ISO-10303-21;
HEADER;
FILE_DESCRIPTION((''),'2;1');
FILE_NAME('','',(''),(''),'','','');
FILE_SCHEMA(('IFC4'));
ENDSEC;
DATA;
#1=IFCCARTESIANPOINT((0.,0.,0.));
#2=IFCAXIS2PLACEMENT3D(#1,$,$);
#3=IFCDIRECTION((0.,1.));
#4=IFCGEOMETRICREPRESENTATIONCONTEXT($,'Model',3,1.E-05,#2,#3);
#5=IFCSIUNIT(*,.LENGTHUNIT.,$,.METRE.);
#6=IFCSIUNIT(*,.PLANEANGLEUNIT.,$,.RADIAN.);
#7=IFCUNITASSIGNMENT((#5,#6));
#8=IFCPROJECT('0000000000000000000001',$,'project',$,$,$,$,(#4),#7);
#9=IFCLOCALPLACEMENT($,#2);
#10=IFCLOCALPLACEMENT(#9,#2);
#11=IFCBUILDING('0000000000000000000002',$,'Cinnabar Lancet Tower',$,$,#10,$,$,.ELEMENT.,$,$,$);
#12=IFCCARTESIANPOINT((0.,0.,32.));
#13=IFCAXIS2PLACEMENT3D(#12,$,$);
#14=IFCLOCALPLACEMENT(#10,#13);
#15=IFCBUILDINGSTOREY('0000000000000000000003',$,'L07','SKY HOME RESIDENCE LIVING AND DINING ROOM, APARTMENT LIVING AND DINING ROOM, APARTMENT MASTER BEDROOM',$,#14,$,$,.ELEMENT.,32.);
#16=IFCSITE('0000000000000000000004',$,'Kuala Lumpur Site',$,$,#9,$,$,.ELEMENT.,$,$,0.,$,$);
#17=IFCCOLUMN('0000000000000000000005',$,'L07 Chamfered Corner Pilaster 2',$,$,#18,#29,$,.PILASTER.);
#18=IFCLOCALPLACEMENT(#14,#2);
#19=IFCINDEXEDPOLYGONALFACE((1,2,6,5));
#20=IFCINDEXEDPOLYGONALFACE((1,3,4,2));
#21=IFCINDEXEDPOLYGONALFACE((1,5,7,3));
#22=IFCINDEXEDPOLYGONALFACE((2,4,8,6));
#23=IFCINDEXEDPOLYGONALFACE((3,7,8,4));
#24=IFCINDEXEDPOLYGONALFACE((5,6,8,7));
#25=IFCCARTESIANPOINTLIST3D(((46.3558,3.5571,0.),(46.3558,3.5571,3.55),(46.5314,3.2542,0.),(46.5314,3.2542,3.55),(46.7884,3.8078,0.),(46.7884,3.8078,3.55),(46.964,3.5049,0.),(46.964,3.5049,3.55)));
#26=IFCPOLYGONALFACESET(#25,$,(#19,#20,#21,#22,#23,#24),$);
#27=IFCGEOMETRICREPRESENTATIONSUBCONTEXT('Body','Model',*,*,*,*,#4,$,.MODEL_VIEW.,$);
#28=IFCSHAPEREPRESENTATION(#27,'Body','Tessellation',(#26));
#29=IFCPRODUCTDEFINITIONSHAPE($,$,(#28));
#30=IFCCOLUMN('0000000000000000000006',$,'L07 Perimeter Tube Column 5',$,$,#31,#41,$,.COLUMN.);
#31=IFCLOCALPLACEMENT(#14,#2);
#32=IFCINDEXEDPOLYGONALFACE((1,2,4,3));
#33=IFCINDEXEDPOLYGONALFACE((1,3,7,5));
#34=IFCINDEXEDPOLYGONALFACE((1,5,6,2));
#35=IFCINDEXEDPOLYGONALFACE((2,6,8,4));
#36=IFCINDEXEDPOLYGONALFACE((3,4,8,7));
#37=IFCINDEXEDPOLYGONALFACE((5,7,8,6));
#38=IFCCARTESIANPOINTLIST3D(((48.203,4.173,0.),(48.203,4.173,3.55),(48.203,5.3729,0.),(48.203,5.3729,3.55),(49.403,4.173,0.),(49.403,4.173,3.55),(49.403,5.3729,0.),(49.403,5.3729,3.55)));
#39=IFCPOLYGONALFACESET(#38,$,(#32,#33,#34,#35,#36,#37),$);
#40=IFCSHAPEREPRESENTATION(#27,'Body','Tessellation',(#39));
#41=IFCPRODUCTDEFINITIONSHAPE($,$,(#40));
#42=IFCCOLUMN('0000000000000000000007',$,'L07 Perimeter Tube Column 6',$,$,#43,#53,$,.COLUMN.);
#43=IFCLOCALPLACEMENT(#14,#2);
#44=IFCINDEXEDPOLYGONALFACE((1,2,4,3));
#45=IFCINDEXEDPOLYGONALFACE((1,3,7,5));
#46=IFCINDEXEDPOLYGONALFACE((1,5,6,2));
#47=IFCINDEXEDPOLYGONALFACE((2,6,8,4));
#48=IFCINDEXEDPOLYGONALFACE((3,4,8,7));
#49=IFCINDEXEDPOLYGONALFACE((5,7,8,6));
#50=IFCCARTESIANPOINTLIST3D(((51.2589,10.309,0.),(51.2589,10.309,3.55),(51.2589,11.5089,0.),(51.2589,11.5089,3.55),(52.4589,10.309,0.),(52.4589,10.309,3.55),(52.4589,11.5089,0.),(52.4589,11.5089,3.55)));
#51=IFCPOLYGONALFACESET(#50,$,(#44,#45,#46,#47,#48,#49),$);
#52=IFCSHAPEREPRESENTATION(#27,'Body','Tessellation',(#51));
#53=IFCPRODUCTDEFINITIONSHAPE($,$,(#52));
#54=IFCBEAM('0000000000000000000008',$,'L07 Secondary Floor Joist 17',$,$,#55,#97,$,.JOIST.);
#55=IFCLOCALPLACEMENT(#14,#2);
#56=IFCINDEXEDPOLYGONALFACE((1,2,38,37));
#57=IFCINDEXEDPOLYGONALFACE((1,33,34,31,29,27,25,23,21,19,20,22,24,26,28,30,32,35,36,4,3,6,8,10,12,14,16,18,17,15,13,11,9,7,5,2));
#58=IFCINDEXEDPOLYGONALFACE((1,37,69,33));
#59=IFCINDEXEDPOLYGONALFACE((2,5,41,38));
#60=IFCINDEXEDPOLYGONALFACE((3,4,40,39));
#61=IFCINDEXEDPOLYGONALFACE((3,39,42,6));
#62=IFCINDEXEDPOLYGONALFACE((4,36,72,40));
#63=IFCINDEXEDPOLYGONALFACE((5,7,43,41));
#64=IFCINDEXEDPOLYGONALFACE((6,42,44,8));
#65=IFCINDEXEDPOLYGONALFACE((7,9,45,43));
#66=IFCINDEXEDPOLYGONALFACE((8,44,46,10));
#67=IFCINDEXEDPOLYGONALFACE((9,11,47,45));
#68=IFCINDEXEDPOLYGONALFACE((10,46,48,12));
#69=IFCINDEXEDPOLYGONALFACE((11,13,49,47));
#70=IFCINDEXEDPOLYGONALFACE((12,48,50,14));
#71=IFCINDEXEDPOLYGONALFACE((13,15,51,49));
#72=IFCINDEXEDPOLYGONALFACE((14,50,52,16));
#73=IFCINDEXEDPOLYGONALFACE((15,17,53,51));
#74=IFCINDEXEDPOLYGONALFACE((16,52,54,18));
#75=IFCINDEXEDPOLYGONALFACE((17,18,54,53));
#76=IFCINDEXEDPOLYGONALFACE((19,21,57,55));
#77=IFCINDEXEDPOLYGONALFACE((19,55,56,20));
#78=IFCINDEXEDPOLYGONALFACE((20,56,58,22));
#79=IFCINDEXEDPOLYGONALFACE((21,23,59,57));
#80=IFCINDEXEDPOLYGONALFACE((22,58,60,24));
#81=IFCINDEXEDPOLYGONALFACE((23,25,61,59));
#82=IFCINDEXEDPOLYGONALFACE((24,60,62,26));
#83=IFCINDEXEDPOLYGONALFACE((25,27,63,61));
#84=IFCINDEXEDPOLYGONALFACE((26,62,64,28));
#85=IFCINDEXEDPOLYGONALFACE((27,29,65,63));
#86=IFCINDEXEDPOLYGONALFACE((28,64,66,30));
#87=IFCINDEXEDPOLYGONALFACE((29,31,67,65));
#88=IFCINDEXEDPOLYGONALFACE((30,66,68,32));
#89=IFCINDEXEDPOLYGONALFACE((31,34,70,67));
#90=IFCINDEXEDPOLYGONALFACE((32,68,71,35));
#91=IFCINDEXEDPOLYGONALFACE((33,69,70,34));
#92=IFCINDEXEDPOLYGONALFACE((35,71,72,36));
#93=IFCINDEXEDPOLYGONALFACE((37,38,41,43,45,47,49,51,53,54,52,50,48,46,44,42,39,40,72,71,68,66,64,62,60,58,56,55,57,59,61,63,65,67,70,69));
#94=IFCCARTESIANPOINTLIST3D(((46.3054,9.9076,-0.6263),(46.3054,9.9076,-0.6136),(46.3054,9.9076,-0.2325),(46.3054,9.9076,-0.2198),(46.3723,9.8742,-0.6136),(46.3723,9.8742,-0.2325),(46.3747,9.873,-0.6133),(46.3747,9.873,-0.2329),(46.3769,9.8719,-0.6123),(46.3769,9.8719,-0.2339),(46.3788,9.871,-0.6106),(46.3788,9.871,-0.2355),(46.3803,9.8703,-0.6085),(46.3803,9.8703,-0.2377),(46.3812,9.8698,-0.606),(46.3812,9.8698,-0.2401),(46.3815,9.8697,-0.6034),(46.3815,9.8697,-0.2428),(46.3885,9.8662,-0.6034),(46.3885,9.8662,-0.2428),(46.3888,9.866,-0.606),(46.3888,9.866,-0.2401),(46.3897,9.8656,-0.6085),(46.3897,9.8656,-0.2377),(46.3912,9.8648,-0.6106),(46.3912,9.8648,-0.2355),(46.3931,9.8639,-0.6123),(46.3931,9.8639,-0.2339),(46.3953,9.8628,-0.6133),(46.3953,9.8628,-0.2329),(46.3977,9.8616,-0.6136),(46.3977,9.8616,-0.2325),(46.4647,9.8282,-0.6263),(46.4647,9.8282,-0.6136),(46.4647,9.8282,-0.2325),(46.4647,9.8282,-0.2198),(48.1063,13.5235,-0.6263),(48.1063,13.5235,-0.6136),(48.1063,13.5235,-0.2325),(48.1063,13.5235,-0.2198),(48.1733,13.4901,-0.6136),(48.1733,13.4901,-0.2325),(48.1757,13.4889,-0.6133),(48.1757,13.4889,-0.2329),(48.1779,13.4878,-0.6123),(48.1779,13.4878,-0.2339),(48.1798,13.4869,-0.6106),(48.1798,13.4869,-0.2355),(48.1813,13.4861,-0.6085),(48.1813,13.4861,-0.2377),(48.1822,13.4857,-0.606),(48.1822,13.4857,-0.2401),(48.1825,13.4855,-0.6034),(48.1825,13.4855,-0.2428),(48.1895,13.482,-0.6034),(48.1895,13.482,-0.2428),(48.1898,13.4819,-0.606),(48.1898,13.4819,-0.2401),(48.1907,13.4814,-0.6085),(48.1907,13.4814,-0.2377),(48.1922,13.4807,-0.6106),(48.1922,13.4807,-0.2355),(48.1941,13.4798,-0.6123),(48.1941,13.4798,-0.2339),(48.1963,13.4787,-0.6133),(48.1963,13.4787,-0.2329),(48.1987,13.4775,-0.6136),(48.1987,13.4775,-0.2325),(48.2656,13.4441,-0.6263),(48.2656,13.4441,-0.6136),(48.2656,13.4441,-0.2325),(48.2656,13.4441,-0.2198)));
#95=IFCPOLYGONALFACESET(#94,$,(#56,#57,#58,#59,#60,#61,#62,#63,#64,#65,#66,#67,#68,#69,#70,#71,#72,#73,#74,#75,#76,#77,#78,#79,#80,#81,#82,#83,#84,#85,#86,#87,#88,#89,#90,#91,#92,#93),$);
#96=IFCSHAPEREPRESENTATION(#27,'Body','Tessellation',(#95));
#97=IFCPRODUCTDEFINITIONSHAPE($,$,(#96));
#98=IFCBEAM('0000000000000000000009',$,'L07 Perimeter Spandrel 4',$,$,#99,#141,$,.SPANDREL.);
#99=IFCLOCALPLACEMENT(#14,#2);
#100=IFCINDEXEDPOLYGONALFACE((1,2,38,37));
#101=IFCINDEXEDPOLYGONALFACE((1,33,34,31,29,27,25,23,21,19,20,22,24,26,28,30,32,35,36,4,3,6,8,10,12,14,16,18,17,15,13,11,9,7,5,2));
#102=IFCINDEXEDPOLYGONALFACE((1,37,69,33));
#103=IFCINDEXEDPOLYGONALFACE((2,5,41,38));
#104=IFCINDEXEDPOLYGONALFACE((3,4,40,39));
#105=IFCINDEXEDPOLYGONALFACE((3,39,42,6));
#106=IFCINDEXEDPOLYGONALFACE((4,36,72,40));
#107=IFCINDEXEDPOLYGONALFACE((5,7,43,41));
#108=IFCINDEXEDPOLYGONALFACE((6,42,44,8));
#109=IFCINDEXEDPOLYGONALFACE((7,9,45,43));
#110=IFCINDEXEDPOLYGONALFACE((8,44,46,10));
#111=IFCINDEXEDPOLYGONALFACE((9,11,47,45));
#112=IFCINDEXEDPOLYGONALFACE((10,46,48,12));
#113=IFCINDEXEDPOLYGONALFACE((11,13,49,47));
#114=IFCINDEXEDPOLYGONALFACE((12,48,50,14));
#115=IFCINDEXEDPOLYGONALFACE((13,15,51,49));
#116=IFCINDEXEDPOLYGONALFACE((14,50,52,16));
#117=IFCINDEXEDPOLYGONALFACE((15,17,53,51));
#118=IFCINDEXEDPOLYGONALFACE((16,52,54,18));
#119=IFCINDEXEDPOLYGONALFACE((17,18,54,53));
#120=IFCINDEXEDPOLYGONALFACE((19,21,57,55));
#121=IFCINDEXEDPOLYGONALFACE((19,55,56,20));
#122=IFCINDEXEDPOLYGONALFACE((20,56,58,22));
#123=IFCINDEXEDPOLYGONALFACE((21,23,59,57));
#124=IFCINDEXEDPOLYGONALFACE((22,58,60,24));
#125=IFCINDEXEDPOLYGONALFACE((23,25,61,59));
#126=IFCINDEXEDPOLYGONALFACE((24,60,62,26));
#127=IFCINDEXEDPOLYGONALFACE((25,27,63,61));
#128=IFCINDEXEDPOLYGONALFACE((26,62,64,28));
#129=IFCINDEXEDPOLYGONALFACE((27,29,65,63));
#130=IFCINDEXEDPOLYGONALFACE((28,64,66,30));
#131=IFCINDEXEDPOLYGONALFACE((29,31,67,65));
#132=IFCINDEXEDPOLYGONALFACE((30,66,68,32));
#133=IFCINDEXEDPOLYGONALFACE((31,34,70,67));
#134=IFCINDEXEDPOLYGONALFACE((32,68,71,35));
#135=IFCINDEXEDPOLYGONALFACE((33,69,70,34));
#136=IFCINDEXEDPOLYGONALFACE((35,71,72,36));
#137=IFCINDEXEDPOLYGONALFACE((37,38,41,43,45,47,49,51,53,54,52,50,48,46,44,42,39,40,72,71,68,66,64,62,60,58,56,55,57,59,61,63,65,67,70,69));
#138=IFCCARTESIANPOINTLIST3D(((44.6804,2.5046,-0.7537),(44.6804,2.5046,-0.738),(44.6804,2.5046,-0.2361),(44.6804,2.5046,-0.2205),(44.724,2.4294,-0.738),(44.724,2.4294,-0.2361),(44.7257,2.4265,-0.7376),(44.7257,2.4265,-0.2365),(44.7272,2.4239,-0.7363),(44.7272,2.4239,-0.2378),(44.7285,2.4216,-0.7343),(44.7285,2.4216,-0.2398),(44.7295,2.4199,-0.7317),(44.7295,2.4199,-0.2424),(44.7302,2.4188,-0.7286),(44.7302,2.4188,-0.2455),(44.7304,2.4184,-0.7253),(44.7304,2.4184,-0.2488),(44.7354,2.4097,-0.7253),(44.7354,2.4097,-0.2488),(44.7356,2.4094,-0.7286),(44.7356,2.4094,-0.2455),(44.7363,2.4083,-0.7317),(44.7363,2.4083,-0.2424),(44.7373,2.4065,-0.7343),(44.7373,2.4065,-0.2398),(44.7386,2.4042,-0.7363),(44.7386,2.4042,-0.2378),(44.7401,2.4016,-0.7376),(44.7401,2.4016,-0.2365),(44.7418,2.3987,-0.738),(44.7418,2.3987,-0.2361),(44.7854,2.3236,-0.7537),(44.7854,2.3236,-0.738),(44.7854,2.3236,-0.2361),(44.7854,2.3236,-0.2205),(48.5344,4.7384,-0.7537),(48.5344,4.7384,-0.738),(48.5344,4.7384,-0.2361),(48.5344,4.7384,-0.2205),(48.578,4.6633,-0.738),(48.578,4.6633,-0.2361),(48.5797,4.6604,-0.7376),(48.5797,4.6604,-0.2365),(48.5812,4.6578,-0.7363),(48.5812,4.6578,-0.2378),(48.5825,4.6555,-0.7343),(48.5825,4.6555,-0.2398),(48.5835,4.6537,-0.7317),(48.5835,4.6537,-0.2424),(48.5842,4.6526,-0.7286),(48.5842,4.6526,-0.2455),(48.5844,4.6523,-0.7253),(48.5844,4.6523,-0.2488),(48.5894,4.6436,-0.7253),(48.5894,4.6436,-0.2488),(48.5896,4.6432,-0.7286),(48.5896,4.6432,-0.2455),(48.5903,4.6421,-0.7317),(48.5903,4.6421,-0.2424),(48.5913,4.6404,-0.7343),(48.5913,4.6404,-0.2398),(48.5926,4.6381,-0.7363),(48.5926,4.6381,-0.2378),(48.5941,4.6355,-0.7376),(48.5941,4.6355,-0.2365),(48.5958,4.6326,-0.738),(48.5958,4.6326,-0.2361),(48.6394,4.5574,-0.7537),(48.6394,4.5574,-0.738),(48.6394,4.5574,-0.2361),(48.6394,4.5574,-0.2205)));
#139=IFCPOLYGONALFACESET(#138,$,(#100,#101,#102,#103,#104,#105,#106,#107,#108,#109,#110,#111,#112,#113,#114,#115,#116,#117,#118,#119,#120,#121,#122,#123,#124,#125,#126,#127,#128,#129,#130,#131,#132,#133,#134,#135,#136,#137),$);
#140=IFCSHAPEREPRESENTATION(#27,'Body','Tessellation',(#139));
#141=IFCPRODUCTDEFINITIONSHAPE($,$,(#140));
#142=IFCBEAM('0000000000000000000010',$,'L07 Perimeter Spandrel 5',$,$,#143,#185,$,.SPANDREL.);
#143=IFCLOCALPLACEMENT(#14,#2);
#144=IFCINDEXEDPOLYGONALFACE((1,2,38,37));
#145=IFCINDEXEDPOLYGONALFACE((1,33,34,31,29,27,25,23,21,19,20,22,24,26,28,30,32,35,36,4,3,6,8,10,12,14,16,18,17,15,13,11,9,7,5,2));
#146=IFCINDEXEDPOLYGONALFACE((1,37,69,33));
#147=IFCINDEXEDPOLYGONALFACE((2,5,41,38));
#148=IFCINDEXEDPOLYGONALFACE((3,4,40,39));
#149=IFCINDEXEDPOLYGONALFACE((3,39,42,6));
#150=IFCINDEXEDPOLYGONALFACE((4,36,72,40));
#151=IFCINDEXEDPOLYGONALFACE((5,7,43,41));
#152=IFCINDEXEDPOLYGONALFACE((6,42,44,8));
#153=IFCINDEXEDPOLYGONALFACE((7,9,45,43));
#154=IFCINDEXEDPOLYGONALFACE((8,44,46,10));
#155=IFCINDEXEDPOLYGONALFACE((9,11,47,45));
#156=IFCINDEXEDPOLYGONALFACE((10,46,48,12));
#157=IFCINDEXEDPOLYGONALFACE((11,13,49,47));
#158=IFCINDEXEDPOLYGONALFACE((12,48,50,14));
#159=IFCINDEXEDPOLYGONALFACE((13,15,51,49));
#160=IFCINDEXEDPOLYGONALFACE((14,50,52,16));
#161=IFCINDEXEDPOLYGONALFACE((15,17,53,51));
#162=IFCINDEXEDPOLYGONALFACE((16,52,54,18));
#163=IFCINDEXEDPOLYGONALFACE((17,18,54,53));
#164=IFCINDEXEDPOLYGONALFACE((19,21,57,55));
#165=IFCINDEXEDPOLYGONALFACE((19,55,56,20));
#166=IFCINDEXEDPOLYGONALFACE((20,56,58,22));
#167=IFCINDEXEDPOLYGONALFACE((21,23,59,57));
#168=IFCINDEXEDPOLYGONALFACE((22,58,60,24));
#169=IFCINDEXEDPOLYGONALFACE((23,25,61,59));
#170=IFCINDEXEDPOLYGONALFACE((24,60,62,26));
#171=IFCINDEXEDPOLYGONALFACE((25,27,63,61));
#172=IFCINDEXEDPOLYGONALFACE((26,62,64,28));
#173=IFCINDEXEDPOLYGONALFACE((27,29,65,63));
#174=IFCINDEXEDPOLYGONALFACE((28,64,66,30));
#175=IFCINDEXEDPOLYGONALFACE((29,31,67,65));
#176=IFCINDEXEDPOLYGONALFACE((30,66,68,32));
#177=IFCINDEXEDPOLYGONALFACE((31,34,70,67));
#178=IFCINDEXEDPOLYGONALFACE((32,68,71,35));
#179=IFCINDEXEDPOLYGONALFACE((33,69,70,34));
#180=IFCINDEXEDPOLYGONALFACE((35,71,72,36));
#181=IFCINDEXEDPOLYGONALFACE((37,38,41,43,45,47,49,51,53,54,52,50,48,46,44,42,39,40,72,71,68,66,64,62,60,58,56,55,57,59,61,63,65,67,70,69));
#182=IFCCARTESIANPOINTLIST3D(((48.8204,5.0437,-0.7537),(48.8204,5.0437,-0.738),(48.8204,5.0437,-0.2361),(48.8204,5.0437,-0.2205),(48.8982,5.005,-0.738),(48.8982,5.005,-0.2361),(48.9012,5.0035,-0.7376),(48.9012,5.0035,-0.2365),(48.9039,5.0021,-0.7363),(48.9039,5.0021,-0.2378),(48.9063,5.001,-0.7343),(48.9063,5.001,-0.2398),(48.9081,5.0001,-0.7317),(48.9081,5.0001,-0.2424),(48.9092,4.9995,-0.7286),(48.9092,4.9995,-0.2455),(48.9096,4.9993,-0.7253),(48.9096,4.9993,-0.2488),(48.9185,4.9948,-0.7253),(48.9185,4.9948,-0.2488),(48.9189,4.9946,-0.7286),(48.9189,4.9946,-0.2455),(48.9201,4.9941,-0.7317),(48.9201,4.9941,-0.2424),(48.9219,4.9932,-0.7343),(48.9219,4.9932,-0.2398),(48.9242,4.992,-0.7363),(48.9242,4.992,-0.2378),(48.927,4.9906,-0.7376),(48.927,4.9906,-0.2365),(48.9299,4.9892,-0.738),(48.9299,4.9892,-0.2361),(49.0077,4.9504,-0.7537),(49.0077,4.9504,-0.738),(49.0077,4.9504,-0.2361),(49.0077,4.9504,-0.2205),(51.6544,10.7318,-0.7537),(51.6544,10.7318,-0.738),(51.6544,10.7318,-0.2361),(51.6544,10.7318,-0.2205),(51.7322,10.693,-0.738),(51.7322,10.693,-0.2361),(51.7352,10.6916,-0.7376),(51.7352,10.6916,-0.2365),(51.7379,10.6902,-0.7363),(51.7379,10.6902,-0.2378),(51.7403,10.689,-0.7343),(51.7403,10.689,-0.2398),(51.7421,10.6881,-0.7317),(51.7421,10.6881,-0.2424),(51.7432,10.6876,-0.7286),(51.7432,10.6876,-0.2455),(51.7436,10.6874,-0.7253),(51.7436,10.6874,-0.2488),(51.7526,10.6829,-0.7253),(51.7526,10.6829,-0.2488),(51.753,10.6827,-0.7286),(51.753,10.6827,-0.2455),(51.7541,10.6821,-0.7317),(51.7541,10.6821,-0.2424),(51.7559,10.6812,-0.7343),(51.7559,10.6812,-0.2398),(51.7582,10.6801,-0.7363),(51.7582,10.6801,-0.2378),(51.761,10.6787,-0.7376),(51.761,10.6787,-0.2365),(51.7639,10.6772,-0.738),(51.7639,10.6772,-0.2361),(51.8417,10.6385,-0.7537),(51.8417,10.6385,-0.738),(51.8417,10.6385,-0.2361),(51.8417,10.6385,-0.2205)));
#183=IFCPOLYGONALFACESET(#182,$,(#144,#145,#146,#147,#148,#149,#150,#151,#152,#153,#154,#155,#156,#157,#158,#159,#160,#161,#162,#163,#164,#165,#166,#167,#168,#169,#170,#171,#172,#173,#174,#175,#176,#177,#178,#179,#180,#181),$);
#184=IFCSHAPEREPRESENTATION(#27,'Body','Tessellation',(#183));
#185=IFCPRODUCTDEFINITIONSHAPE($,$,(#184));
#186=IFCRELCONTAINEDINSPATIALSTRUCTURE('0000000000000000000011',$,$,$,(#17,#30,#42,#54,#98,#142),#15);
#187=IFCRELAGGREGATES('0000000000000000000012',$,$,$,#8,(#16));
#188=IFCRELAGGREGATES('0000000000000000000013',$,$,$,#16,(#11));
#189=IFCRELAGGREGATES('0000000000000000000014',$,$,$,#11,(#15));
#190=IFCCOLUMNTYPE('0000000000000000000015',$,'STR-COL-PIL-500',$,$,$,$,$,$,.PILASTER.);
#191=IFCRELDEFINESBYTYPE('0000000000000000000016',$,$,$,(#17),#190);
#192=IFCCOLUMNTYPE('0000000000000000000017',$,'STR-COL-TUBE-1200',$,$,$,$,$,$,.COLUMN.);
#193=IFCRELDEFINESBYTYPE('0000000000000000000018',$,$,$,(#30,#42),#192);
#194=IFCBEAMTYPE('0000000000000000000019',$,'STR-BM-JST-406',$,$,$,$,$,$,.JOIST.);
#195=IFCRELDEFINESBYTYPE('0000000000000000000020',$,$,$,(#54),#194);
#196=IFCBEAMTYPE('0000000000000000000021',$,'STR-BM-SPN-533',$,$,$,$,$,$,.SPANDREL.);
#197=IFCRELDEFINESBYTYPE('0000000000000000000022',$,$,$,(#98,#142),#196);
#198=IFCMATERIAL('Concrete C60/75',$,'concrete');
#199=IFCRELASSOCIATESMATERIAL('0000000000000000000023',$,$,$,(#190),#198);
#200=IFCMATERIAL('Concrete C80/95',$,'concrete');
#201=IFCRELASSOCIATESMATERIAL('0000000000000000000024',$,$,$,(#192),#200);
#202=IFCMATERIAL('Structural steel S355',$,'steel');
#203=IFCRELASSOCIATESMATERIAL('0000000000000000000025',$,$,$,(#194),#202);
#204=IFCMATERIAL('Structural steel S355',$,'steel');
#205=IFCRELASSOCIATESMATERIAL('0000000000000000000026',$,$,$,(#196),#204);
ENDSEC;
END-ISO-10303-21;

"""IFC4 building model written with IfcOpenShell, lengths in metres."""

from ifc_helpers import new_model, si_unit, direction, frame, origin, origin_2d, place, context, subcontext, project, spatial, rectangle, i_section, extrude, material, material_profile, profile_set, type_object, element, save


model = new_model("IFC4")

# Units and contexts
model_context = context("Model", 3, precision=1e-05, world=origin(), true_north=direction((0.0, 1.0)))
body_context = subcontext(model_context, "Body", "Model", "MODEL_VIEW")
ifc_project = project(units=[si_unit("LENGTHUNIT", "METRE"), si_unit("PLANEANGLEUNIT", "RADIAN")], contexts=[model_context])

# Site, building, storey
site_placement = place(None, origin())
site = spatial("IfcSite", under=ifc_project, at=site_placement, Name="Kuala Lumpur Site", CompositionType="ELEMENT", RefElevation=0.0)
building_placement = place(site_placement, origin())
building = spatial("IfcBuilding", under=site, at=building_placement, Name="Cinnabar Lancet Tower", CompositionType="ELEMENT")
storey_placement = place(building_placement, frame((0.0, 0.0, 32.0)))
storey = spatial("IfcBuildingStorey", under=building, at=storey_placement, Name="L07", Description="SKY HOME RESIDENCE LIVING AND DINING ROOM, APARTMENT LIVING AND DINING ROOM, APARTMENT MASTER BEDROOM", CompositionType="ELEMENT", Elevation=32.0)

# Columns
ifc_material_1 = material(Name="Concrete C60/75", Category="concrete")
ifc_material_profile_1 = material_profile(ifc_material_1, rectangle(XDim=0.5, YDim=0.3501, at=origin_2d()), Name="RC-PIL 500x350")
ifc_profile_set_1 = profile_set([ifc_material_profile_1], Name="Concrete C60/75")
column_type_1 = type_object("IfcColumnType", Name="STR-COL-PIL-500", PredefinedType="PILASTER", material=ifc_profile_set_1)
column_placement = place(storey_placement, frame((46.6599, 3.531, 0.0), z_axis=(0.0, 0.0, 1.0), x_axis=(0.865195, 0.501435, 0.0)))
element("IfcColumn", 1, at=column_placement, inside=storey, type_object=column_type_1, Name="L07 Chamfered Corner Pilaster 2", PredefinedType="PILASTER", context=body_context, shape_type="SweptSolid", body=[
    extrude(rectangle(XDim=0.5, YDim=0.3501, at=origin_2d()), origin(), (0.0, 0.0, 1.0), 3.55),
])
ifc_material_2 = material(Name="Concrete C80/95", Category="concrete")
ifc_material_profile_2 = material_profile(ifc_material_2, rectangle(XDim=1.2, YDim=1.2, at=origin_2d()), Name="RC-COL 1200x1200")
ifc_profile_set_2 = profile_set([ifc_material_profile_2], Name="Concrete C80/95")
column_type_2 = type_object("IfcColumnType", Name="STR-COL-TUBE-1200", PredefinedType="COLUMN", material=ifc_profile_set_2)
for number, where, z_axis, x_axis, name in (
    (2, (48.803, 4.7729, 0.0), (0.0, 0.0, 1.0), (1.0, 0.0, 0.0), "L07 Perimeter Tube Column 5"),
    (3, (51.8589, 10.9089, 0.0), (0.0, 0.0, 1.0), (1.0, 0.0, 0.0), "L07 Perimeter Tube Column 6"),
):
    element("IfcColumn", number, at=place(storey_placement, frame(where, z_axis=z_axis, x_axis=x_axis)), inside=storey, type_object=column_type_2, Name=name, PredefinedType="COLUMN", context=body_context, shape_type="SweptSolid", body=[
        extrude(rectangle(XDim=1.2, YDim=1.2, at=origin_2d()), origin(), (0.0, 0.0, 1.0), 3.55),
    ])

# Beams
ifc_material_3 = material(Name="Structural steel S355", Category="steel")
ifc_material_profile_3 = material_profile(ifc_material_3, i_section(OverallWidth=0.178, OverallDepth=0.4065, WebThickness=0.0078, FlangeThickness=0.0127, FilletRadius=0.0103, at=origin_2d()), Name="UKB 406x178x60")
ifc_profile_set_3 = profile_set([ifc_material_profile_3], Name="Structural steel S355")
beam_type_1 = type_object("IfcBeamType", Name="STR-BM-JST-406", PredefinedType="JOIST", material=ifc_profile_set_3)
beam_1_placement = place(storey_placement, frame((46.385, 9.8679, -0.4231), z_axis=(0.445835, 0.895115, 0.0), x_axis=(-0.895115, 0.445835, 0.0)))
element("IfcBeam", 4, at=beam_1_placement, inside=storey, type_object=beam_type_1, Name="L07 Secondary Floor Joist 17", PredefinedType="JOIST", context=body_context, shape_type="SweptSolid", body=[
    extrude(i_section(OverallWidth=0.178, OverallDepth=0.4065, WebThickness=0.0078, FlangeThickness=0.0127, FilletRadius=0.0103, at=origin_2d()), origin(), (0.0, 0.0, 1.0), 4.0396),
])
ifc_material_4 = material(Name="Structural steel S355", Category="steel")
ifc_material_profile_4 = material_profile(ifc_material_4, i_section(OverallWidth=0.2092, OverallDepth=0.5332, WebThickness=0.01, FlangeThickness=0.0156, FilletRadius=0.0127, at=origin_2d()), Name="UKB 533x210x92")
ifc_profile_set_4 = profile_set([ifc_material_profile_4], Name="Structural steel S355")
beam_type_2 = type_object("IfcBeamType", Name="STR-BM-SPN-533", PredefinedType="SPANDREL", material=ifc_profile_set_4)
beam_2_placement = place(storey_placement, frame((44.7329, 2.4141, -0.4871), z_axis=(0.865171, 0.501477, 0.0), x_axis=(-0.501477, 0.865171, 0.0)))
element("IfcBeam", 5, at=beam_2_placement, inside=storey, type_object=beam_type_2, Name="L07 Perimeter Spandrel 4", PredefinedType="SPANDREL", context=body_context, shape_type="SweptSolid", body=[
    extrude(i_section(OverallWidth=0.2092, OverallDepth=0.5332, WebThickness=0.01, FlangeThickness=0.0156, FilletRadius=0.0127, at=origin_2d()), origin(), (0.0, 0.0, 1.0), 4.4546),
])
beam_3_placement = place(storey_placement, frame((48.9141, 4.9971, -0.4871), z_axis=(0.445953, 0.895056, 0.0), x_axis=(-0.895056, 0.445953, 0.0)))
element("IfcBeam", 6, at=beam_3_placement, inside=storey, type_object=beam_type_2, Name="L07 Perimeter Spandrel 5", PredefinedType="SPANDREL", context=body_context, shape_type="SweptSolid", body=[
    extrude(i_section(OverallWidth=0.2092, OverallDepth=0.5332, WebThickness=0.01, FlangeThickness=0.0156, FilletRadius=0.0127, at=origin_2d()), origin(), (0.0, 0.0, 1.0), 6.355),
])

save(model, "model.ifc")
